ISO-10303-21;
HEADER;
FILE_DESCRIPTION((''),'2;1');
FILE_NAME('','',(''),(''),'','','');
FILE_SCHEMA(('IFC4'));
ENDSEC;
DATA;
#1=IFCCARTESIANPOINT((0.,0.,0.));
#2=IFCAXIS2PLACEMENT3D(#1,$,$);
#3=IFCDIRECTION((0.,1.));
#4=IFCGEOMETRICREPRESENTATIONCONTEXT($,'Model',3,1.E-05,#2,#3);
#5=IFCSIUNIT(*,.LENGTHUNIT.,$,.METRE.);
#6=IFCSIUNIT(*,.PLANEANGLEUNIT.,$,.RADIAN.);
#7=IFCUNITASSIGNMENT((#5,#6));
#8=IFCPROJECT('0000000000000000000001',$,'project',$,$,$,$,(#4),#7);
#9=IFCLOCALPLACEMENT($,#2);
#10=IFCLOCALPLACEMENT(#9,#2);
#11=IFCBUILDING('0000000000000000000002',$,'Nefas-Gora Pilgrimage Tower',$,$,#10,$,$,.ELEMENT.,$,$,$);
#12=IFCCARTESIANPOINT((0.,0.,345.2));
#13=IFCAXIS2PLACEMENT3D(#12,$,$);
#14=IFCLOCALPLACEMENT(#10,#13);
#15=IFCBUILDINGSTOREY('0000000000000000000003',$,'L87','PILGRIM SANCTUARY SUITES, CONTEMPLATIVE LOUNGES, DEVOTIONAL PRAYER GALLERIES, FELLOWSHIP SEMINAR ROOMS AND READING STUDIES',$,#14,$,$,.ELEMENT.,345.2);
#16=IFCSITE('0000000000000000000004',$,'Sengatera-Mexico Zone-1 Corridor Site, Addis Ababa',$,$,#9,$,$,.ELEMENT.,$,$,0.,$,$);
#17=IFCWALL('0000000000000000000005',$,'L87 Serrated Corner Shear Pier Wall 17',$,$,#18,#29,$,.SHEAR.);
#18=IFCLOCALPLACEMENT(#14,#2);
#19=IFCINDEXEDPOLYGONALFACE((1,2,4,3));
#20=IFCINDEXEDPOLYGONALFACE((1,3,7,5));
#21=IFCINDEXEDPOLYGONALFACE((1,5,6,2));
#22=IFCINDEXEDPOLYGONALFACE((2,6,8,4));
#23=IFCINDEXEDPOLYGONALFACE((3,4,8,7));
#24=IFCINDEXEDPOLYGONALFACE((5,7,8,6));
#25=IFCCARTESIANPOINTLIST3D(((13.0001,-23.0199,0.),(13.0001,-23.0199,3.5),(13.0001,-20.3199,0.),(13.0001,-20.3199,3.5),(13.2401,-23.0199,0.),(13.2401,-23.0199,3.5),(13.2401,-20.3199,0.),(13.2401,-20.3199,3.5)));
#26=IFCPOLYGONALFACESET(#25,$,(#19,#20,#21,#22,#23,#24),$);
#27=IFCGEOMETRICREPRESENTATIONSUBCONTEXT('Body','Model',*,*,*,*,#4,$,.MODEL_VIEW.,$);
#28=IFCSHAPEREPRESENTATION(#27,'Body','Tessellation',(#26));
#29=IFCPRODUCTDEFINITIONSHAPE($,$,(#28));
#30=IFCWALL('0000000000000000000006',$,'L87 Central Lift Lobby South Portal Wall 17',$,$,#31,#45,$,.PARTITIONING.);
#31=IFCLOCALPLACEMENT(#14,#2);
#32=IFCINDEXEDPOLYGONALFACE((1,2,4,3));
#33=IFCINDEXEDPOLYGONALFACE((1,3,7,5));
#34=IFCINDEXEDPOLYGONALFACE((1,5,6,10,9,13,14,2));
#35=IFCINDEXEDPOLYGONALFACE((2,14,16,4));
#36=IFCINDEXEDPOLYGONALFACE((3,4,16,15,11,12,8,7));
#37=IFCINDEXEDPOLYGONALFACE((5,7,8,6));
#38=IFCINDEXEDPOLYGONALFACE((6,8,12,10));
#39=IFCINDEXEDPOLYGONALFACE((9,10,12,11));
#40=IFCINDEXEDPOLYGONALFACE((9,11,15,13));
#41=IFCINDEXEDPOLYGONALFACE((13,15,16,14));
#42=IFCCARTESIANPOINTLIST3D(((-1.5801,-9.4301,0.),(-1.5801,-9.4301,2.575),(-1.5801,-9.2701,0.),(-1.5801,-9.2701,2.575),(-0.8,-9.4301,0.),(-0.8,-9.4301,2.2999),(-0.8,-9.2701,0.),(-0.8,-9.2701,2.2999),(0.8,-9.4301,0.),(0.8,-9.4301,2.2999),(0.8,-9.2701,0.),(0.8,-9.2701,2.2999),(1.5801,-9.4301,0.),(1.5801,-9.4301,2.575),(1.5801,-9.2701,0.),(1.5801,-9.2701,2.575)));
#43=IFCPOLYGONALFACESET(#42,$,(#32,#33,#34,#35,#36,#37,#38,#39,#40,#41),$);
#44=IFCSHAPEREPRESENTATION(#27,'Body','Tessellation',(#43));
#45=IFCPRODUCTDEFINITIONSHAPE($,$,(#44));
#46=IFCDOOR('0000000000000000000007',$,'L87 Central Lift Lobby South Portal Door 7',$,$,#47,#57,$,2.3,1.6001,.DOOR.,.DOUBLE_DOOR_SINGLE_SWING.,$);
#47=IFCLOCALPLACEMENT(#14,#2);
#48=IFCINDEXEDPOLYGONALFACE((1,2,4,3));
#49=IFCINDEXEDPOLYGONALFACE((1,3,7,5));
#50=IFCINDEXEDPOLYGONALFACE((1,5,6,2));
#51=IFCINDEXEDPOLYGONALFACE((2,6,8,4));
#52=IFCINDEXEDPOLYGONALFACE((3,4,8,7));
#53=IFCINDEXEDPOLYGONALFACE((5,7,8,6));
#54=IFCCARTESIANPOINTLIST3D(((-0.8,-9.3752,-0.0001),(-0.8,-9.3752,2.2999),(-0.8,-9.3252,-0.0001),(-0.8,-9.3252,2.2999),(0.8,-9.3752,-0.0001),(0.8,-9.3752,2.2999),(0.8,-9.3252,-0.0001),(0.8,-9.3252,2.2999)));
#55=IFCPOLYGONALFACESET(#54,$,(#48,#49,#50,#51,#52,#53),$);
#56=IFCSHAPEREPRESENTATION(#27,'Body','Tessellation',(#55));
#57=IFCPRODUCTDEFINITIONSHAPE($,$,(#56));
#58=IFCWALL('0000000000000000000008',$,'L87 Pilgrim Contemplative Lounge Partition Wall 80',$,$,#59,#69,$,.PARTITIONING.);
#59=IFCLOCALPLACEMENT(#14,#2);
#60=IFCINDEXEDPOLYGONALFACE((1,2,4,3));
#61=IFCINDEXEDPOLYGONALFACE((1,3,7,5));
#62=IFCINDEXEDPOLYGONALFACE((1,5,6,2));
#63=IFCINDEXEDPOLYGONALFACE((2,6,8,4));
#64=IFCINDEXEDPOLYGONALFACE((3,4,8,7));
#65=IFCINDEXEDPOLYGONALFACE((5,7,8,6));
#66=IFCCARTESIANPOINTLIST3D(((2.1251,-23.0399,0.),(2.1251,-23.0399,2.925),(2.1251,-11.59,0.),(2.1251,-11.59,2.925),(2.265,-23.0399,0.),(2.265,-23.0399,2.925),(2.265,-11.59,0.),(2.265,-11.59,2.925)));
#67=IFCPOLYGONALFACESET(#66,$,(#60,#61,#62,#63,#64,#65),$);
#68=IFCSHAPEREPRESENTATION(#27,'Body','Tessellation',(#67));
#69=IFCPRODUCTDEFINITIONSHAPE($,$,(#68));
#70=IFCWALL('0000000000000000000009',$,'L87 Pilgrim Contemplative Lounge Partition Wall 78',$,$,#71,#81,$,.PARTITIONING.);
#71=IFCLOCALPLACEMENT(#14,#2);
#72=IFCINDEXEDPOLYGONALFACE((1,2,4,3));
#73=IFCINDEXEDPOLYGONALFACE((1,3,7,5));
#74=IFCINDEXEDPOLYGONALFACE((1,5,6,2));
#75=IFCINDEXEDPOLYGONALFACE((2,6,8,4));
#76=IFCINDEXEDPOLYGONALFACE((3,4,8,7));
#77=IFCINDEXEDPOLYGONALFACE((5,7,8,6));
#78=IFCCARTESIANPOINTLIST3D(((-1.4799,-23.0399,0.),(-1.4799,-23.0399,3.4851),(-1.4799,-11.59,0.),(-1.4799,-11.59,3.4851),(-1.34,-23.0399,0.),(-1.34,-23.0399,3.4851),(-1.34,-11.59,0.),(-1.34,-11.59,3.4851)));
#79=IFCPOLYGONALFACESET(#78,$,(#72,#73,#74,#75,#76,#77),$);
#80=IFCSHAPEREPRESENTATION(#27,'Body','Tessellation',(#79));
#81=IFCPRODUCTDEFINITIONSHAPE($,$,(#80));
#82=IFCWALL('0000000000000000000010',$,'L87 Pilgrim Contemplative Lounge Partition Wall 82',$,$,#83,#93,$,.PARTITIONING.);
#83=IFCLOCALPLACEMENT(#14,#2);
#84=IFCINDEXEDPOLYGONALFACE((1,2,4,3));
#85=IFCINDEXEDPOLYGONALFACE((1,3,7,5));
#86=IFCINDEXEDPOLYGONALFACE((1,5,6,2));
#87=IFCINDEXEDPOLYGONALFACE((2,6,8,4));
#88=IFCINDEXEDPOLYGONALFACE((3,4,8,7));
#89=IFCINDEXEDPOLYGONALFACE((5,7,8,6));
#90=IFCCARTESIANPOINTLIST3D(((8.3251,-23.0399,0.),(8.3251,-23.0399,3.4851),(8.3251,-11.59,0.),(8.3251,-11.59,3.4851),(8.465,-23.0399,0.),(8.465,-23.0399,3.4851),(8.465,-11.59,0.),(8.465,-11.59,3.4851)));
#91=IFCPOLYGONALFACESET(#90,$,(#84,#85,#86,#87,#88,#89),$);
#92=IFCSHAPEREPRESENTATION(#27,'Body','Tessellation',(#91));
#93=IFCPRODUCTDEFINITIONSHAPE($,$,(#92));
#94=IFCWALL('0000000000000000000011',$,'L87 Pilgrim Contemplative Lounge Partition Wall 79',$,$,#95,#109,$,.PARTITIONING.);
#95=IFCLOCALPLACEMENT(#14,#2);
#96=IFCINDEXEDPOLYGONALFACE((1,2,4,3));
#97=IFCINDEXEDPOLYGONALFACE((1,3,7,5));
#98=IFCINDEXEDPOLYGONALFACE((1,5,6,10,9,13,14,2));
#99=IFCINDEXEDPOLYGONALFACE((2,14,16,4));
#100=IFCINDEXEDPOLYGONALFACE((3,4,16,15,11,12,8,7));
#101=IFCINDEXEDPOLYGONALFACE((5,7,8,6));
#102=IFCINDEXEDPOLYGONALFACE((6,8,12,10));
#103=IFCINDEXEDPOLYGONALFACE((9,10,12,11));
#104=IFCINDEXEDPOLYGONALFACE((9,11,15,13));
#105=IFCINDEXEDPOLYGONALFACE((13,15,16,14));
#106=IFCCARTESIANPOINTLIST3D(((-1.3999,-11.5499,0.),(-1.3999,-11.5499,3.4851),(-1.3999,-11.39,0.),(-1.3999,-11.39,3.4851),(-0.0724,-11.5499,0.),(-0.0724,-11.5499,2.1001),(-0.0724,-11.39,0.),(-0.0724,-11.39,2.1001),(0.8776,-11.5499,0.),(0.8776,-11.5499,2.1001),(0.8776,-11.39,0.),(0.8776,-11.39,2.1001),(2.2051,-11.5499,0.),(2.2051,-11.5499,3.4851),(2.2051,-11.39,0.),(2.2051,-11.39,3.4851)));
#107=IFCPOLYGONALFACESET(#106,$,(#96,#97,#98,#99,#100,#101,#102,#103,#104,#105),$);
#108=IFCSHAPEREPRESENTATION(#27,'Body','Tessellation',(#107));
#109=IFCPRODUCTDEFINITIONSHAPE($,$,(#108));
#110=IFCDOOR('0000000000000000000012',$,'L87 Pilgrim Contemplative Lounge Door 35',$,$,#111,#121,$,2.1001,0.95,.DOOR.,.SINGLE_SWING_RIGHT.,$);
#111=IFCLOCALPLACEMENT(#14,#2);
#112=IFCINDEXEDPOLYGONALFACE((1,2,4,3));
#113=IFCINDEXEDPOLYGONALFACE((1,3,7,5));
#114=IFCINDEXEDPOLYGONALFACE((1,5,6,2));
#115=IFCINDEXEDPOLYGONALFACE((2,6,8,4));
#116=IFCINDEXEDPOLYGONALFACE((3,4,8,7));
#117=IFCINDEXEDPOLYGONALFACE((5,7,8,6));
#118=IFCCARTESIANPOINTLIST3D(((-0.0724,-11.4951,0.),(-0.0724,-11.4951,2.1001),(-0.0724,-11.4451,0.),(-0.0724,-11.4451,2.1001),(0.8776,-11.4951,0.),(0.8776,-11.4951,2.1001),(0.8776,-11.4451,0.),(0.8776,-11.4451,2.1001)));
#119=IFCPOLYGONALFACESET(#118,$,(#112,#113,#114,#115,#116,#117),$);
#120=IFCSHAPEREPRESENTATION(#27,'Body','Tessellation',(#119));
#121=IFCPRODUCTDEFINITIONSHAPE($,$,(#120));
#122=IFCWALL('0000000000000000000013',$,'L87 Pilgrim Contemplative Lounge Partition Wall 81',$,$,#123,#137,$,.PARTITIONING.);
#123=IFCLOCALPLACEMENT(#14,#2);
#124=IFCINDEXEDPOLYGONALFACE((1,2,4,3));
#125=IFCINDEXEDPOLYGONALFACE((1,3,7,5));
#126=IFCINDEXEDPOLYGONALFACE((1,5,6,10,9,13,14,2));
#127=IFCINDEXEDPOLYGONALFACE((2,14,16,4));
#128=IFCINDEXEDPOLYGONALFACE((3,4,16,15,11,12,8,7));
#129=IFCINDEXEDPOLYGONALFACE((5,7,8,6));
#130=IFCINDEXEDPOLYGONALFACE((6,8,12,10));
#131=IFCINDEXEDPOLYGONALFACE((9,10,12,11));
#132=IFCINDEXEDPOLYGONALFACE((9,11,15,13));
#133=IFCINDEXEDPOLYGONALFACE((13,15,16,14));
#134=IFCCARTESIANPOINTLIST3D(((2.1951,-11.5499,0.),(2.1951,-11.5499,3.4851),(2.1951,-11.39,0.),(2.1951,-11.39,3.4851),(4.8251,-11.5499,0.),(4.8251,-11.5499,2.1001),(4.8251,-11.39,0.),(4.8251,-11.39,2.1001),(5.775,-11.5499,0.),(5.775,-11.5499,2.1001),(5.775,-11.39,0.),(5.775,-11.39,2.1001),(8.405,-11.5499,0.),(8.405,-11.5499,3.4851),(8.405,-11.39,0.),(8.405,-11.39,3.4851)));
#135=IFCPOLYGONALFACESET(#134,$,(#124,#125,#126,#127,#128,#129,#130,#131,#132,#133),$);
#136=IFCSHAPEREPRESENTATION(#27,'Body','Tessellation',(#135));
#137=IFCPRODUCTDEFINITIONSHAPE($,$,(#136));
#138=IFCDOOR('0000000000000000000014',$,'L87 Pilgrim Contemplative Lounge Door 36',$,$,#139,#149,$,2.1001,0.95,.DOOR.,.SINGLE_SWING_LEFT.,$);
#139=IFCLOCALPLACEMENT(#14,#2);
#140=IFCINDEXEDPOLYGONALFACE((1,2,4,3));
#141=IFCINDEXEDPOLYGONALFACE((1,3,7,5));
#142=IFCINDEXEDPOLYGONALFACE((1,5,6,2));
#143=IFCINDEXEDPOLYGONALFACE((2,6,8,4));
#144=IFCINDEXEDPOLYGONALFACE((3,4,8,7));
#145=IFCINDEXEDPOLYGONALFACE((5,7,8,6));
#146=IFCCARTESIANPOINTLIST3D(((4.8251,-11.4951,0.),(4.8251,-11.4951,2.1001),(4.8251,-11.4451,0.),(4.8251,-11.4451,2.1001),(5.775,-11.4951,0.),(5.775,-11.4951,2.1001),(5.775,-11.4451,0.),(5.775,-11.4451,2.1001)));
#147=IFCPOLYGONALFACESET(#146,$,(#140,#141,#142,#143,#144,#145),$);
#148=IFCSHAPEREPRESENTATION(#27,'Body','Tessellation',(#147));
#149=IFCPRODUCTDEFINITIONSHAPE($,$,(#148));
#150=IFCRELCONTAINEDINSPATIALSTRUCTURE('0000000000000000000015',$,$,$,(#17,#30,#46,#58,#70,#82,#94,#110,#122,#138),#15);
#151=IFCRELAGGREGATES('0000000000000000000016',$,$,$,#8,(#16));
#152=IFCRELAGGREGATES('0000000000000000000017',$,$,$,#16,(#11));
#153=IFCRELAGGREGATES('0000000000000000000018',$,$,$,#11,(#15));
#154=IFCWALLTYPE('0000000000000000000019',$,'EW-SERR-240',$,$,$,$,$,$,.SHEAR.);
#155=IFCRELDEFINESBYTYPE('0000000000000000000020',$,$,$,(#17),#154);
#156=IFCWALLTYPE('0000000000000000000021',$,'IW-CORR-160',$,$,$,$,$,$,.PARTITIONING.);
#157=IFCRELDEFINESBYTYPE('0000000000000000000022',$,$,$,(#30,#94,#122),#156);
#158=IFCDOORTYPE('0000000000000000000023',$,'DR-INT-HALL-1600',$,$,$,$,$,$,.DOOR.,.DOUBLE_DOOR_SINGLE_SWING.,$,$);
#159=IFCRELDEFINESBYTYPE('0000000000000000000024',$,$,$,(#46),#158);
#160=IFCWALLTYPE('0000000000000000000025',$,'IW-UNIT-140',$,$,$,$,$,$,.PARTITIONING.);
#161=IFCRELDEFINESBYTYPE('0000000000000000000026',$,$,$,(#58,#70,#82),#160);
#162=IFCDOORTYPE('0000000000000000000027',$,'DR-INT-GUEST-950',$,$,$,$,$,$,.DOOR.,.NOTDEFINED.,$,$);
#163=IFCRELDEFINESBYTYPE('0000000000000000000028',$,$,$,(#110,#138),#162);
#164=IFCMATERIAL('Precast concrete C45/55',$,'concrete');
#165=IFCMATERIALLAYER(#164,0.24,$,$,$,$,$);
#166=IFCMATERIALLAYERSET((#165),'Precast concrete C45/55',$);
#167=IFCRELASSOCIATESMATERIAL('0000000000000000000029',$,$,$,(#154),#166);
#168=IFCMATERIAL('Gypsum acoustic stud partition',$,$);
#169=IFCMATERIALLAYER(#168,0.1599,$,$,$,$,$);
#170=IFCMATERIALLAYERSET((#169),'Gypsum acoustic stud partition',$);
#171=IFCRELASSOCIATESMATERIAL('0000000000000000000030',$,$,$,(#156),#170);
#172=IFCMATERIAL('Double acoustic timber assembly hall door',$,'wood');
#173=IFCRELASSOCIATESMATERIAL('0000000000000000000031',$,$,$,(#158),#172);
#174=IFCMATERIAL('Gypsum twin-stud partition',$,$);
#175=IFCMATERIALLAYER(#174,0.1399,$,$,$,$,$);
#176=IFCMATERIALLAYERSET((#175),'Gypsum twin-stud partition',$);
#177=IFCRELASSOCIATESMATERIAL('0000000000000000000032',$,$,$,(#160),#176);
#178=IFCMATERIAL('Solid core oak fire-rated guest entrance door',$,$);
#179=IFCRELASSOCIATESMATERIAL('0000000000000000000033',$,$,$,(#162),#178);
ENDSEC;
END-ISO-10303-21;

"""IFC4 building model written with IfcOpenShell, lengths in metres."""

from ifc_helpers import new_model, si_unit, direction, frame, frame_2d, origin, place, context, subcontext, project, spatial, rectangle, extrude, source, transform, mapped, material, layer, layer_set, type_object, element, fill, save


model = new_model("IFC4")

# Units and contexts
model_context = context("Model", 3, precision=1e-05, world=origin(), true_north=direction((0.0, 1.0)))
body_context = subcontext(model_context, "Body", "Model", "MODEL_VIEW")
ifc_project = project(units=[si_unit("LENGTHUNIT", "METRE"), si_unit("PLANEANGLEUNIT", "RADIAN")], contexts=[model_context])

# Site, building, storey
site_placement = place(None, origin())
site = spatial("IfcSite", under=ifc_project, at=site_placement, Name="Sengatera-Mexico Zone-1 Corridor Site, Addis Ababa", CompositionType="ELEMENT", RefElevation=0.0)
building_placement = place(site_placement, origin())
building = spatial("IfcBuilding", under=site, at=building_placement, Name="Nefas-Gora Pilgrimage Tower", CompositionType="ELEMENT")
storey_placement = place(building_placement, frame((0.0, 0.0, 345.2)))
storey = spatial("IfcBuildingStorey", under=building, at=storey_placement, Name="L87", Description="PILGRIM SANCTUARY SUITES, CONTEMPLATIVE LOUNGES, DEVOTIONAL PRAYER GALLERIES, FELLOWSHIP SEMINAR ROOMS AND READING STUDIES", CompositionType="ELEMENT", Elevation=345.2)

# Wall
ifc_material_1 = material(Name="Precast concrete C45/55", Category="concrete")
ifc_layer_1 = layer(ifc_material_1, 0.24)
ifc_layer_set_1 = layer_set([ifc_layer_1], Name="Precast concrete C45/55")
wall_type_1 = type_object("IfcWallType", Name="EW-SERR-240", PredefinedType="SHEAR", material=ifc_layer_set_1)
shared_shape_1 = source(origin(), body_context, "Body", "SweptSolid", [
    extrude(rectangle(XDim=2.7, YDim=0.24, at=frame_2d((1.3501, 0.0))), origin(), (0.0, 0.0, 1.0), 3.5),
])
wall_1_placement = place(storey_placement, frame((13.1201, -23.02, 0.0), z_axis=(0.0, 0.0, 1.0), x_axis=(0.0, 1.0, 0.0)))
element("IfcWall", 1, at=wall_1_placement, inside=storey, type_object=wall_type_1, Name="L87 Serrated Corner Shear Pier Wall 17", PredefinedType="SHEAR", context=body_context, shape_type="MappedRepresentation", body=[
    mapped(shared_shape_1, transform((0.0, 0.0, 0.0), x_axis=(1.0, 0.0, 0.0), y_axis=(0.0, 1.0, 0.0), z_axis=(0.0, 0.0, 1.0), scale=1.0)),
])

# Wall, opening, door
ifc_material_2 = material(Name="Gypsum acoustic stud partition")
ifc_layer_2 = layer(ifc_material_2, 0.1599)
ifc_layer_set_2 = layer_set([ifc_layer_2], Name="Gypsum acoustic stud partition")
wall_type_2 = type_object("IfcWallType", Name="IW-CORR-160", PredefinedType="PARTITIONING", material=ifc_layer_set_2)
shared_shape_2 = source(origin(), body_context, "Body", "SweptSolid", [
    extrude(rectangle(XDim=3.1602, YDim=0.1599, at=frame_2d((1.5801, 0.0))), origin(), (0.0, 0.0, 1.0), 2.575),
])
wall_2_placement = place(storey_placement, frame((-1.5801, -9.3501, 0.0), z_axis=(0.0, 0.0, 1.0), x_axis=(1.0, 0.0, 0.0)))
wall_2 = element("IfcWall", 2, at=wall_2_placement, inside=storey, type_object=wall_type_2, Name="L87 Central Lift Lobby South Portal Wall 17", PredefinedType="PARTITIONING", context=body_context, shape_type="MappedRepresentation", body=[
    mapped(shared_shape_2, transform((0.0, 0.0, 0.0), x_axis=(1.0, 0.0, 0.0), y_axis=(0.0, 1.0, 0.0), z_axis=(0.0, 0.0, 1.0), scale=1.0)),
])
opening_1_placement = place(wall_2_placement, frame((0.78, 0.0, 0.0)))
opening_1 = element("IfcOpeningElement", 3, at=opening_1_placement, cuts=wall_2, PredefinedType="OPENING", context=body_context, shape_type="SweptSolid", body=[
    extrude(rectangle(XDim=1.6001, YDim=2.3, at=frame_2d((0.8, 1.1499))), frame((0.0, 0.0898, 0.0), z_axis=(0.0, -1.0, 0.0), x_axis=(1.0, 0.0, 0.0)), (0.0, 0.0, 1.0), 0.1799),
])
ifc_material_3 = material(Name="Double acoustic timber assembly hall door", Category="wood")
door_type_1 = type_object("IfcDoorType", Name="DR-INT-HALL-1600", OperationType="DOUBLE_DOOR_SINGLE_SWING", PredefinedType="DOOR", material=ifc_material_3)
shared_shape_3 = source(origin(), body_context, "Body", "SweptSolid", [
    extrude(rectangle(XDim=1.6001, YDim=2.3, at=frame_2d((0.8, 1.1499))), frame((0.0, 0.0249, 0.0), z_axis=(0.0, -1.0, 0.0), x_axis=(1.0, 0.0, 0.0)), (0.0, 0.0, 1.0), 0.05),
])
door_1_placement = place(opening_1_placement, origin())
door_1 = element("IfcDoor", 4, at=door_1_placement, inside=storey, type_object=door_type_1, Name="L87 Central Lift Lobby South Portal Door 7", OperationType="DOUBLE_DOOR_SINGLE_SWING", OverallHeight=2.3, OverallWidth=1.6001, PredefinedType="DOOR", context=body_context, shape_type="MappedRepresentation", body=[
    mapped(shared_shape_3, transform((0.0, 0.0, 0.0), x_axis=(1.0, 0.0, 0.0), y_axis=(0.0, 1.0, 0.0), z_axis=(0.0, 0.0, 1.0), scale=1.0)),
])
fill(opening_1, door_1)

# Walls
ifc_material_4 = material(Name="Gypsum twin-stud partition")
ifc_layer_3 = layer(ifc_material_4, 0.1399)
ifc_layer_set_3 = layer_set([ifc_layer_3], Name="Gypsum twin-stud partition")
wall_type_3 = type_object("IfcWallType", Name="IW-UNIT-140", PredefinedType="PARTITIONING", material=ifc_layer_set_3)
shared_shape_4 = source(origin(), body_context, "Body", "SweptSolid", [
    extrude(rectangle(XDim=11.45, YDim=0.1399, at=frame_2d((5.7251, 0.0))), origin(), (0.0, 0.0, 1.0), 2.925),
])
wall_3_placement = place(storey_placement, frame((2.1951, -23.04, 0.0), z_axis=(0.0, 0.0, 1.0), x_axis=(0.0, 1.0, 0.0)))
element("IfcWall", 5, at=wall_3_placement, inside=storey, type_object=wall_type_3, Name="L87 Pilgrim Contemplative Lounge Partition Wall 80", PredefinedType="PARTITIONING", context=body_context, shape_type="MappedRepresentation", body=[
    mapped(shared_shape_4, transform((0.0, 0.0, 0.0), x_axis=(1.0, 0.0, 0.0), y_axis=(0.0, 1.0, 0.0), z_axis=(0.0, 0.0, 1.0), scale=1.0)),
])
shared_shape_5 = source(origin(), body_context, "Body", "SweptSolid", [
    extrude(rectangle(XDim=11.45, YDim=0.1399, at=frame_2d((5.7251, 0.0))), origin(), (0.0, 0.0, 1.0), 3.4851),
])
for number, where, z_axis, x_axis, name in (
    (6, (-1.4099, -23.04, 0.0), (0.0, 0.0, 1.0), (0.0, 1.0, 0.0), "L87 Pilgrim Contemplative Lounge Partition Wall 78"),
    (7, (8.395, -23.04, 0.0), (0.0, 0.0, 1.0), (0.0, 1.0, 0.0), "L87 Pilgrim Contemplative Lounge Partition Wall 82"),
):
    element("IfcWall", number, at=place(storey_placement, frame(where, z_axis=z_axis, x_axis=x_axis)), inside=storey, type_object=wall_type_3, Name=name, PredefinedType="PARTITIONING", context=body_context, shape_type="MappedRepresentation", body=[
        mapped(shared_shape_5, transform((0.0, 0.0, 0.0), x_axis=(1.0, 0.0, 0.0), y_axis=(0.0, 1.0, 0.0), z_axis=(0.0, 0.0, 1.0), scale=1.0)),
    ])

# Walls, openings, doors
shared_shape_6 = source(origin(), body_context, "Body", "SweptSolid", [
    extrude(rectangle(XDim=3.605, YDim=0.1599, at=frame_2d((1.8025, 0.0))), origin(), (0.0, 0.0, 1.0), 3.4851),
])
wall_4_placement = place(storey_placement, frame((-1.3999, -11.47, 0.0), z_axis=(0.0, 0.0, 1.0), x_axis=(1.0, 0.0, 0.0)))
wall_4 = element("IfcWall", 8, at=wall_4_placement, inside=storey, type_object=wall_type_2, Name="L87 Pilgrim Contemplative Lounge Partition Wall 79", PredefinedType="PARTITIONING", context=body_context, shape_type="MappedRepresentation", body=[
    mapped(shared_shape_6, transform((0.0, 0.0, 0.0), x_axis=(1.0, 0.0, 0.0), y_axis=(0.0, 1.0, 0.0), z_axis=(0.0, 0.0, 1.0), scale=1.0)),
])
opening_2_placement = place(wall_4_placement, frame((1.3274, 0.0, 0.0)))
opening_2 = element("IfcOpeningElement", 9, at=opening_2_placement, cuts=wall_4, PredefinedType="OPENING", context=body_context, shape_type="SweptSolid", body=[
    extrude(rectangle(XDim=0.95, YDim=2.1001, at=frame_2d((0.4751, 1.05))), frame((0.0, 0.0898, 0.0), z_axis=(0.0, -1.0, 0.0), x_axis=(1.0, 0.0, 0.0)), (0.0, 0.0, 1.0), 0.1799),
])
ifc_material_5 = material(Name="Solid core oak fire-rated guest entrance door")
door_type_2 = type_object("IfcDoorType", Name="DR-INT-GUEST-950", OperationType="NOTDEFINED", PredefinedType="DOOR", material=ifc_material_5)
shared_shape_7 = source(origin(), body_context, "Body", "SweptSolid", [
    extrude(rectangle(XDim=0.95, YDim=2.1001, at=frame_2d((0.4751, 1.05))), frame((0.0, 0.0249, 0.0), z_axis=(0.0, -1.0, 0.0), x_axis=(1.0, 0.0, 0.0)), (0.0, 0.0, 1.0), 0.05),
])
door_2_placement = place(opening_2_placement, origin())
door_2 = element("IfcDoor", 10, at=door_2_placement, inside=storey, type_object=door_type_2, Name="L87 Pilgrim Contemplative Lounge Door 35", OperationType="SINGLE_SWING_RIGHT", OverallHeight=2.1001, OverallWidth=0.95, PredefinedType="DOOR", context=body_context, shape_type="MappedRepresentation", body=[
    mapped(shared_shape_7, transform((0.0, 0.0, 0.0), x_axis=(1.0, 0.0, 0.0), y_axis=(0.0, 1.0, 0.0), z_axis=(0.0, 0.0, 1.0), scale=1.0)),
])
fill(opening_2, door_2)
shared_shape_8 = source(origin(), body_context, "Body", "SweptSolid", [
    extrude(rectangle(XDim=6.21, YDim=0.1599, at=frame_2d((3.105, 0.0))), origin(), (0.0, 0.0, 1.0), 3.4851),
])
wall_5_placement = place(storey_placement, frame((2.1951, -11.47, 0.0), z_axis=(0.0, 0.0, 1.0), x_axis=(1.0, 0.0, 0.0)))
wall_5 = element("IfcWall", 11, at=wall_5_placement, inside=storey, type_object=wall_type_2, Name="L87 Pilgrim Contemplative Lounge Partition Wall 81", PredefinedType="PARTITIONING", context=body_context, shape_type="MappedRepresentation", body=[
    mapped(shared_shape_8, transform((0.0, 0.0, 0.0), x_axis=(1.0, 0.0, 0.0), y_axis=(0.0, 1.0, 0.0), z_axis=(0.0, 0.0, 1.0), scale=1.0)),
])
opening_3_placement = place(wall_5_placement, frame((2.6299, 0.0, 0.0)))
opening_3 = element("IfcOpeningElement", 12, at=opening_3_placement, cuts=wall_5, PredefinedType="OPENING", context=body_context, shape_type="SweptSolid", body=[
    extrude(rectangle(XDim=0.95, YDim=2.1001, at=frame_2d((0.4751, 1.05))), frame((0.0, 0.0898, 0.0), z_axis=(0.0, -1.0, 0.0), x_axis=(1.0, 0.0, 0.0)), (0.0, 0.0, 1.0), 0.1799),
])
door_3_placement = place(opening_3_placement, origin())
door_3 = element("IfcDoor", 13, at=door_3_placement, inside=storey, type_object=door_type_2, Name="L87 Pilgrim Contemplative Lounge Door 36", OperationType="SINGLE_SWING_LEFT", OverallHeight=2.1001, OverallWidth=0.95, PredefinedType="DOOR", context=body_context, shape_type="MappedRepresentation", body=[
    mapped(shared_shape_7, transform((0.0, 0.0, 0.0), x_axis=(1.0, 0.0, 0.0), y_axis=(0.0, 1.0, 0.0), z_axis=(0.0, 0.0, 1.0), scale=1.0)),
])
fill(opening_3, door_3)

save(model, "model.ifc")
